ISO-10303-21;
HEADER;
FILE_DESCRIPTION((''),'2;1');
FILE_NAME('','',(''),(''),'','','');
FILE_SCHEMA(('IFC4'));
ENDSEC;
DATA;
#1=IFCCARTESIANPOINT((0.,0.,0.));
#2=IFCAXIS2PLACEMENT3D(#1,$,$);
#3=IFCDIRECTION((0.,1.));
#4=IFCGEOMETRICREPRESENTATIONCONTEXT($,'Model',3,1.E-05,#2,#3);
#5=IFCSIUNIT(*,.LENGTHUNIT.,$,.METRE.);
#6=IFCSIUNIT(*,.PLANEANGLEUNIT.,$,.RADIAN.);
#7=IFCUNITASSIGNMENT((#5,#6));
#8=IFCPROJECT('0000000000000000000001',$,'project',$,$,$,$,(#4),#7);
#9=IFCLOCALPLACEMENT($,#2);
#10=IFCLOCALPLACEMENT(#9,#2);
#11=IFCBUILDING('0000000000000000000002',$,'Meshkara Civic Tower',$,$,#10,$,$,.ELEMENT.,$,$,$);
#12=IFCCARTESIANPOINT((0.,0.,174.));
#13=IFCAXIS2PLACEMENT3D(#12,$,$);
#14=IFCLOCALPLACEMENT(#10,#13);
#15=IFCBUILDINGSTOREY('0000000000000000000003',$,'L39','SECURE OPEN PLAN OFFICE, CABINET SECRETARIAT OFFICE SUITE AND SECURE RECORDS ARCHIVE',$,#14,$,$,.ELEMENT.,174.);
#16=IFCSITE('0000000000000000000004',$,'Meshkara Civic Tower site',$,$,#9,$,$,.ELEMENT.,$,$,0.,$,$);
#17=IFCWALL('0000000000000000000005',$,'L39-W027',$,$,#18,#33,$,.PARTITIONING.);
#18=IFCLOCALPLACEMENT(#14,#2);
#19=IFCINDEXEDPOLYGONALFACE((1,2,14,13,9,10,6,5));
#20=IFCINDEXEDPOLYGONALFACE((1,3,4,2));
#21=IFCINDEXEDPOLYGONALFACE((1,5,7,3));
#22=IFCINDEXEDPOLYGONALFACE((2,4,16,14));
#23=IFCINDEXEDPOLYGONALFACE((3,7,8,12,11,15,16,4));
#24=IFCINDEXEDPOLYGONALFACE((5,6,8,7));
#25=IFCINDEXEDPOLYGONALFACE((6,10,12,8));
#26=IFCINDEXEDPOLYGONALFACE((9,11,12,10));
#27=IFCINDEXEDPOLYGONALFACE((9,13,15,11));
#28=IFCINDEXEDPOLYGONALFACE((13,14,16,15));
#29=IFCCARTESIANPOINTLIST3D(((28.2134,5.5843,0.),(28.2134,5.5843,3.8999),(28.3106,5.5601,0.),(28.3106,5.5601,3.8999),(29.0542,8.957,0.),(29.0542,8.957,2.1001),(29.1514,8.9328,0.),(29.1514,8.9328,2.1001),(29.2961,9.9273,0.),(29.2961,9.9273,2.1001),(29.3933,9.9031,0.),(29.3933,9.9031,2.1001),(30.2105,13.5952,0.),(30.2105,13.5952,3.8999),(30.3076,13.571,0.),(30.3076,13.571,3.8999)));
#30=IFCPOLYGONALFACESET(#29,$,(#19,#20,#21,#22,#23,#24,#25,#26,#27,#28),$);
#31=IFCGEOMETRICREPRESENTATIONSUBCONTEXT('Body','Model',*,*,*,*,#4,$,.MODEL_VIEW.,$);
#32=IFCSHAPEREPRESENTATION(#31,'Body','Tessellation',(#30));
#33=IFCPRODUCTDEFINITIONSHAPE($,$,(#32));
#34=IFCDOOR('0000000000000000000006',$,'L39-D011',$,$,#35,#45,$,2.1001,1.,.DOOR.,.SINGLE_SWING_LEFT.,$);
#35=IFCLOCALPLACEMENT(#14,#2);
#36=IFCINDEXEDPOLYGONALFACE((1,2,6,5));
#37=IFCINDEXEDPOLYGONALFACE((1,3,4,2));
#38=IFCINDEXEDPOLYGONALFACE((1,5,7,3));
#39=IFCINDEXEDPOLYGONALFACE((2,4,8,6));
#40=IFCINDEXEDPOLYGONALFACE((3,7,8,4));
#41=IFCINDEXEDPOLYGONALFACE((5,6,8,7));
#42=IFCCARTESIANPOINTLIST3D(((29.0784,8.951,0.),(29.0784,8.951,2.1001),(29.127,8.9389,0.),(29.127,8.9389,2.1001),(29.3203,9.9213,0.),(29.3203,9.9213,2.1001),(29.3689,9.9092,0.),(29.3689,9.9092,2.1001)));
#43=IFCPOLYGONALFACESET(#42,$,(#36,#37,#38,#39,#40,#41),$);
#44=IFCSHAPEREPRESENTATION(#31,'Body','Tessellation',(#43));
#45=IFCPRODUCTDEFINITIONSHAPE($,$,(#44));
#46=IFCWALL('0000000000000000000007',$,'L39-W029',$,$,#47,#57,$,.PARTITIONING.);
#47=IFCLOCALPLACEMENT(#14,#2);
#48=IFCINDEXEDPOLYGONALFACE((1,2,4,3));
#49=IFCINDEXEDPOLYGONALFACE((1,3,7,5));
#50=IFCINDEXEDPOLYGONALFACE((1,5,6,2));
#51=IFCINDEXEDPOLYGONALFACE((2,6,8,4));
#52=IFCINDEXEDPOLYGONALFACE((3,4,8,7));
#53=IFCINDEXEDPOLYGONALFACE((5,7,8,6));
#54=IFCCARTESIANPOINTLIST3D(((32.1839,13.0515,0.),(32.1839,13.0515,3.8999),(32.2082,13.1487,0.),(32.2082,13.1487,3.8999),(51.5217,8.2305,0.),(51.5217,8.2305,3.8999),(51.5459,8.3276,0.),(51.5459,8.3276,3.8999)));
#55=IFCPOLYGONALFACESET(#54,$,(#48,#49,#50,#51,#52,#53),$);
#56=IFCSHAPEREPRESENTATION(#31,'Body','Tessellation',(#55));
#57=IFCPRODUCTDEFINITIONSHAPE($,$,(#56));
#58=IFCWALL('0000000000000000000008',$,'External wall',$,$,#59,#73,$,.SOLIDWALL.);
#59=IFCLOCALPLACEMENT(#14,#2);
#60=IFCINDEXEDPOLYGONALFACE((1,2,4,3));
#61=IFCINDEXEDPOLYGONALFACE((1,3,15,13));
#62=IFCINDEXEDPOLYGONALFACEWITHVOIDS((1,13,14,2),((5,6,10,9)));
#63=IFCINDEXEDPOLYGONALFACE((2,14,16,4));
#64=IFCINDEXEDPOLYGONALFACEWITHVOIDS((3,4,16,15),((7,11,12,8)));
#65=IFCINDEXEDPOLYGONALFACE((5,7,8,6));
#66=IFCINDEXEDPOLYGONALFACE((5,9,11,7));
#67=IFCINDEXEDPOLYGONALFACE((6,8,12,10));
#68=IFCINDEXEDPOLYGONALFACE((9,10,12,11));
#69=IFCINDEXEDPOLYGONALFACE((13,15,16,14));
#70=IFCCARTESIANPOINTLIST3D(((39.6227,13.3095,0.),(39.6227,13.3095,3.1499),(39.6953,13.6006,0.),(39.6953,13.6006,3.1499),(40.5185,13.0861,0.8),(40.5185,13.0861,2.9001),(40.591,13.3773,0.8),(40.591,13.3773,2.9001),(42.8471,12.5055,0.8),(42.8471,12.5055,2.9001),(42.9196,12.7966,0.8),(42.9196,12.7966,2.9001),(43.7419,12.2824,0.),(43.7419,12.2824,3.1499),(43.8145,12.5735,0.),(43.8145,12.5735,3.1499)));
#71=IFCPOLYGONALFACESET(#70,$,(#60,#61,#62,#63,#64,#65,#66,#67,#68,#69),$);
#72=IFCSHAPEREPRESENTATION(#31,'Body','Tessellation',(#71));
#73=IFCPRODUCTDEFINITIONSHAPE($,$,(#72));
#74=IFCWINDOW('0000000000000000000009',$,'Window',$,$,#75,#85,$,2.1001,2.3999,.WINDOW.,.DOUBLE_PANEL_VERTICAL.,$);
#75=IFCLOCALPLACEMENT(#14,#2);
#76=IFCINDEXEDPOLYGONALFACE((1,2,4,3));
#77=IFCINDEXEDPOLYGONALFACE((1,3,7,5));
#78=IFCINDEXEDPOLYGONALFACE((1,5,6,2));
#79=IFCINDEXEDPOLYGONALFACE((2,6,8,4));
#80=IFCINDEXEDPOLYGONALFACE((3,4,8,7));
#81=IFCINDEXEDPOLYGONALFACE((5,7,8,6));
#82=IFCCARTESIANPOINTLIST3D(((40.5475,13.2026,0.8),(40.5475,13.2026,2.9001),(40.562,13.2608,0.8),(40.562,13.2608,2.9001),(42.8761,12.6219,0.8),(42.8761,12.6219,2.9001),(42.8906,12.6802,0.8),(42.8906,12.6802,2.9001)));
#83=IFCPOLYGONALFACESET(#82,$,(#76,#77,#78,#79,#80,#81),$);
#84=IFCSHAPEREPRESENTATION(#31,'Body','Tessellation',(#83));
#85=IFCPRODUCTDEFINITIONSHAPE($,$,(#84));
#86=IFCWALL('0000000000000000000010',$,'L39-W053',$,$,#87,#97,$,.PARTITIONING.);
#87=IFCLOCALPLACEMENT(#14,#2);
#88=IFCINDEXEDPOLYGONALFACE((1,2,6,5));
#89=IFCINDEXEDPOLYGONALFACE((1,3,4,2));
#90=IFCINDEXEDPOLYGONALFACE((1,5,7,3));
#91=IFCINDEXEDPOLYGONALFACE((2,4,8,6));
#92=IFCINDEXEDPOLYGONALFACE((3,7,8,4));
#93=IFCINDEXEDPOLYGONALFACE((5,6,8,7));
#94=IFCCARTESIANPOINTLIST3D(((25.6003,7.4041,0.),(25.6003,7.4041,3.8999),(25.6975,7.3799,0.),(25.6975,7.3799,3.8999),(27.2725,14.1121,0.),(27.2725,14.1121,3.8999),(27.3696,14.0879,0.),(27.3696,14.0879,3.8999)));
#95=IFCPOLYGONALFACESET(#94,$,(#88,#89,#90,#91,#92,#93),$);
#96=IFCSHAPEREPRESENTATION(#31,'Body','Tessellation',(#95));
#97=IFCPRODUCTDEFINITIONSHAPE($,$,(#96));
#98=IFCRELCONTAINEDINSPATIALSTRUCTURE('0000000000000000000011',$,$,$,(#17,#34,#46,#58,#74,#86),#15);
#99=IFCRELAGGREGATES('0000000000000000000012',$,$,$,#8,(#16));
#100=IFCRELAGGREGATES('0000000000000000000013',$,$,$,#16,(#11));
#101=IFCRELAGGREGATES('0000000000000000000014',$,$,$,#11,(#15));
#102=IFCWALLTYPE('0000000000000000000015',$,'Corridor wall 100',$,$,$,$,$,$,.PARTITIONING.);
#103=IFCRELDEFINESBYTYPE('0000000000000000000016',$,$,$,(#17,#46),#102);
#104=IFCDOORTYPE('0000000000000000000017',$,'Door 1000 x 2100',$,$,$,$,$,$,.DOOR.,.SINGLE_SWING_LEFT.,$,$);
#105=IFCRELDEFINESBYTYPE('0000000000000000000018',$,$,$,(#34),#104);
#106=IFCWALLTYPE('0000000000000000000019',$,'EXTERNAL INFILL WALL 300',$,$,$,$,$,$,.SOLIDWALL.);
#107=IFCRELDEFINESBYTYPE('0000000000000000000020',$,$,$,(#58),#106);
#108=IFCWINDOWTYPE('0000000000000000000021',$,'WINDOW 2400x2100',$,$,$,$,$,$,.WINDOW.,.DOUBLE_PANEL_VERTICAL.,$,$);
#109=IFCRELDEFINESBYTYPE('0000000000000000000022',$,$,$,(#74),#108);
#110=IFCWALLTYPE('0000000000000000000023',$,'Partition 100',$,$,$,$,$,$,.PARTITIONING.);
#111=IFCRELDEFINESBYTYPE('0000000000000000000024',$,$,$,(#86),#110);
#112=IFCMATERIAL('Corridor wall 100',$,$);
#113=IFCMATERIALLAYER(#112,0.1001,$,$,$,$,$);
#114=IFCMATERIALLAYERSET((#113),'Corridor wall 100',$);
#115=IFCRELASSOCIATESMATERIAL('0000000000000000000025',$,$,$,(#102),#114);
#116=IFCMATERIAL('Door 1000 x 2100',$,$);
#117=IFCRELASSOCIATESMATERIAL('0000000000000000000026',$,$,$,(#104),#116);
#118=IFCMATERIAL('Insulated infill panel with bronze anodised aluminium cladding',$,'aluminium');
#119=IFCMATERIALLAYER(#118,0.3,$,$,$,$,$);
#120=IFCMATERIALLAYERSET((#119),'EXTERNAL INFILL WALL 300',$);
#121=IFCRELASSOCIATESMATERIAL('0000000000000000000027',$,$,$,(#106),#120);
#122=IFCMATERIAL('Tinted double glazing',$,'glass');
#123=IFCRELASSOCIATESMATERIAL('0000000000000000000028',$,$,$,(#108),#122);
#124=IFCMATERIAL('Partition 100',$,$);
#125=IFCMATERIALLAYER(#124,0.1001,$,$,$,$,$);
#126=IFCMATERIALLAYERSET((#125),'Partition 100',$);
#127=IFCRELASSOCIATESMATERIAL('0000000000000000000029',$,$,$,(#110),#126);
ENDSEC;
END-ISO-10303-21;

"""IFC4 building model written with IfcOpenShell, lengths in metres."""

from ifc_helpers import new_model, si_unit, direction, frame, frame_2d, origin, place, context, subcontext, project, spatial, rectangle, extrude, material, layer, layer_set, type_object, element, fill, save


model = new_model("IFC4")

# Units and contexts
model_context = context("Model", 3, precision=1e-05, world=origin(), true_north=direction((0.0, 1.0)))
body_context = subcontext(model_context, "Body", "Model", "MODEL_VIEW")
ifc_project = project(units=[si_unit("LENGTHUNIT", "METRE"), si_unit("PLANEANGLEUNIT", "RADIAN")], contexts=[model_context])

# Site, building, storey
site_placement = place(None, origin())
site = spatial("IfcSite", under=ifc_project, at=site_placement, Name="Meshkara Civic Tower site", CompositionType="ELEMENT", RefElevation=0.0)
building_placement = place(site_placement, origin())
building = spatial("IfcBuilding", under=site, at=building_placement, Name="Meshkara Civic Tower", CompositionType="ELEMENT")
storey_placement = place(building_placement, frame((0.0, 0.0, 174.0)))
storey = spatial("IfcBuildingStorey", under=building, at=storey_placement, Name="L39", Description="SECURE OPEN PLAN OFFICE, CABINET SECRETARIAT OFFICE SUITE AND SECURE RECORDS ARCHIVE", CompositionType="ELEMENT", Elevation=174.0)

# Wall, opening, door
ifc_material_1 = material(Name="Corridor wall 100")
ifc_layer_1 = layer(ifc_material_1, 0.1001)
ifc_layer_set_1 = layer_set([ifc_layer_1], Name="Corridor wall 100")
wall_type_1 = type_object("IfcWallType", Name="Corridor wall 100", PredefinedType="PARTITIONING", material=ifc_layer_set_1)
ifc_material_2 = material(Name="Door 1000 x 2100")
door_type = type_object("IfcDoorType", Name="Door 1000 x 2100", OperationType="SINGLE_SWING_LEFT", PredefinedType="DOOR", material=ifc_material_2)
wall_1_placement = place(storey_placement, frame((30.259, 13.583, 0.0), z_axis=(0.0, 0.0, 1.0), x_axis=(-0.241888, -0.970304, 0.0)))
wall_1 = element("IfcWall", 1, at=wall_1_placement, inside=storey, type_object=wall_type_1, Name="L39-W027", PredefinedType="PARTITIONING", context=body_context, shape_type="SweptSolid", body=[
    extrude(rectangle(XDim=8.2561, YDim=0.1001, at=frame_2d((4.1279, 0.0))), origin(), (0.0, 0.0, 1.0), 3.8999),
])
opening_1_placement = place(wall_1_placement, frame((3.78, 0.0, 0.0)))
opening_1 = element("IfcOpeningElement", 2, at=opening_1_placement, cuts=wall_1, PredefinedType="OPENING", context=body_context, shape_type="SweptSolid", body=[
    extrude(rectangle(XDim=1.0, YDim=2.1001, at=frame_2d((0.5, 1.05))), frame((0.0, 0.0601, 0.0), z_axis=(0.0, -1.0, 0.0), x_axis=(1.0, 0.0, 0.0)), (0.0, 0.0, 1.0), 0.1201),
])
door_1_placement = place(opening_1_placement, origin())
door_1 = element("IfcDoor", 3, at=door_1_placement, inside=storey, type_object=door_type, Name="L39-D011", OperationType="SINGLE_SWING_LEFT", OverallHeight=2.1001, OverallWidth=1.0, PredefinedType="DOOR", context=body_context, shape_type="SweptSolid", body=[
    extrude(rectangle(XDim=1.0, YDim=2.1001, at=frame_2d((0.5, 1.05))), frame((0.0, 0.0249, 0.0), z_axis=(0.0, -1.0, 0.0), x_axis=(1.0, 0.0, 0.0)), (0.0, 0.0, 1.0), 0.05),
])
fill(opening_1, door_1)

# Wall
wall_2_placement = place(storey_placement, frame((32.196, 13.1001, 0.0), z_axis=(0.0, 0.0, 1.0), x_axis=(0.970301, -0.241901, 0.0)))
element("IfcWall", 4, at=wall_2_placement, inside=storey, type_object=wall_type_1, Name="L39-W029", PredefinedType="PARTITIONING", context=body_context, shape_type="SweptSolid", body=[
    extrude(rectangle(XDim=19.9297, YDim=0.1001, at=frame_2d((9.9648, 0.0))), origin(), (0.0, 0.0, 1.0), 3.8999),
])

# Wall, opening, window
ifc_material_3 = material(Name="Insulated infill panel with bronze anodised aluminium cladding", Category="aluminium")
ifc_layer_2 = layer(ifc_material_3, 0.3)
ifc_layer_set_2 = layer_set([ifc_layer_2], Name="EXTERNAL INFILL WALL 300")
wall_type_2 = type_object("IfcWallType", Name="EXTERNAL INFILL WALL 300", PredefinedType="SOLIDWALL", material=ifc_layer_set_2)
wall_3_placement = place(storey_placement, frame((43.7781, 12.428, 0.0), z_axis=(0.0, 0.0, 1.0), x_axis=(-0.970291, 0.24194, 0.0)))
wall_3 = element("IfcWall", 5, at=wall_3_placement, inside=storey, type_object=wall_type_2, Name="External wall", PredefinedType="SOLIDWALL", context=body_context, shape_type="SweptSolid", body=[
    extrude(rectangle(XDim=4.2454, YDim=0.3, at=frame_2d((2.1226, 0.0))), origin(), (0.0, 0.0, 1.0), 3.1499),
])
opening_2_placement = place(wall_3_placement, frame((0.9221, 0.0, 0.8)))
opening_2 = element("IfcOpeningElement", 6, at=opening_2_placement, cuts=wall_3, PredefinedType="OPENING", context=body_context, shape_type="SweptSolid", body=[
    extrude(rectangle(XDim=2.3999, YDim=2.1001, at=frame_2d((1.2, 1.05))), frame((0.0, 0.1599, 0.0), z_axis=(0.0, -1.0, 0.0), x_axis=(1.0, 0.0, 0.0)), (0.0, 0.0, 1.0), 0.3201),
])
ifc_material_4 = material(Name="Tinted double glazing", Category="glass")
window_type = type_object("IfcWindowType", Name="WINDOW 2400x2100", PartitioningType="DOUBLE_PANEL_VERTICAL", PredefinedType="WINDOW", material=ifc_material_4)
window_placement = place(opening_2_placement, origin())
window = element("IfcWindow", 7, at=window_placement, inside=storey, type_object=window_type, Name="Window", OverallHeight=2.1001, OverallWidth=2.3999, PartitioningType="DOUBLE_PANEL_VERTICAL", PredefinedType="WINDOW", context=body_context, shape_type="SweptSolid", body=[
    extrude(rectangle(XDim=2.3999, YDim=2.1001, at=frame_2d((1.2, 1.05))), frame((0.0, 0.03, 0.0), z_axis=(0.0, -1.0, 0.0), x_axis=(1.0, 0.0, 0.0)), (0.0, 0.0, 1.0), 0.0601),
])
fill(opening_2, window)

# Wall
ifc_material_5 = material(Name="Partition 100")
ifc_layer_3 = layer(ifc_material_5, 0.1001)
ifc_layer_set_3 = layer_set([ifc_layer_3], Name="Partition 100")
wall_type_3 = type_object("IfcWallType", Name="Partition 100", PredefinedType="PARTITIONING", material=ifc_layer_set_3)
wall_4_placement = place(storey_placement, frame((25.6489, 7.3921, 0.0), z_axis=(0.0, 0.0, 1.0), x_axis=(0.241871, 0.970308, 0.0)))
element("IfcWall", 8, at=wall_4_placement, inside=storey, type_object=wall_type_3, Name="L39-W053", PredefinedType="PARTITIONING", context=body_context, shape_type="SweptSolid", body=[
    extrude(rectangle(XDim=6.9133, YDim=0.1001, at=frame_2d((3.4565, 0.0))), origin(), (0.0, 0.0, 1.0), 3.8999),
])

save(model, "model.ifc")
